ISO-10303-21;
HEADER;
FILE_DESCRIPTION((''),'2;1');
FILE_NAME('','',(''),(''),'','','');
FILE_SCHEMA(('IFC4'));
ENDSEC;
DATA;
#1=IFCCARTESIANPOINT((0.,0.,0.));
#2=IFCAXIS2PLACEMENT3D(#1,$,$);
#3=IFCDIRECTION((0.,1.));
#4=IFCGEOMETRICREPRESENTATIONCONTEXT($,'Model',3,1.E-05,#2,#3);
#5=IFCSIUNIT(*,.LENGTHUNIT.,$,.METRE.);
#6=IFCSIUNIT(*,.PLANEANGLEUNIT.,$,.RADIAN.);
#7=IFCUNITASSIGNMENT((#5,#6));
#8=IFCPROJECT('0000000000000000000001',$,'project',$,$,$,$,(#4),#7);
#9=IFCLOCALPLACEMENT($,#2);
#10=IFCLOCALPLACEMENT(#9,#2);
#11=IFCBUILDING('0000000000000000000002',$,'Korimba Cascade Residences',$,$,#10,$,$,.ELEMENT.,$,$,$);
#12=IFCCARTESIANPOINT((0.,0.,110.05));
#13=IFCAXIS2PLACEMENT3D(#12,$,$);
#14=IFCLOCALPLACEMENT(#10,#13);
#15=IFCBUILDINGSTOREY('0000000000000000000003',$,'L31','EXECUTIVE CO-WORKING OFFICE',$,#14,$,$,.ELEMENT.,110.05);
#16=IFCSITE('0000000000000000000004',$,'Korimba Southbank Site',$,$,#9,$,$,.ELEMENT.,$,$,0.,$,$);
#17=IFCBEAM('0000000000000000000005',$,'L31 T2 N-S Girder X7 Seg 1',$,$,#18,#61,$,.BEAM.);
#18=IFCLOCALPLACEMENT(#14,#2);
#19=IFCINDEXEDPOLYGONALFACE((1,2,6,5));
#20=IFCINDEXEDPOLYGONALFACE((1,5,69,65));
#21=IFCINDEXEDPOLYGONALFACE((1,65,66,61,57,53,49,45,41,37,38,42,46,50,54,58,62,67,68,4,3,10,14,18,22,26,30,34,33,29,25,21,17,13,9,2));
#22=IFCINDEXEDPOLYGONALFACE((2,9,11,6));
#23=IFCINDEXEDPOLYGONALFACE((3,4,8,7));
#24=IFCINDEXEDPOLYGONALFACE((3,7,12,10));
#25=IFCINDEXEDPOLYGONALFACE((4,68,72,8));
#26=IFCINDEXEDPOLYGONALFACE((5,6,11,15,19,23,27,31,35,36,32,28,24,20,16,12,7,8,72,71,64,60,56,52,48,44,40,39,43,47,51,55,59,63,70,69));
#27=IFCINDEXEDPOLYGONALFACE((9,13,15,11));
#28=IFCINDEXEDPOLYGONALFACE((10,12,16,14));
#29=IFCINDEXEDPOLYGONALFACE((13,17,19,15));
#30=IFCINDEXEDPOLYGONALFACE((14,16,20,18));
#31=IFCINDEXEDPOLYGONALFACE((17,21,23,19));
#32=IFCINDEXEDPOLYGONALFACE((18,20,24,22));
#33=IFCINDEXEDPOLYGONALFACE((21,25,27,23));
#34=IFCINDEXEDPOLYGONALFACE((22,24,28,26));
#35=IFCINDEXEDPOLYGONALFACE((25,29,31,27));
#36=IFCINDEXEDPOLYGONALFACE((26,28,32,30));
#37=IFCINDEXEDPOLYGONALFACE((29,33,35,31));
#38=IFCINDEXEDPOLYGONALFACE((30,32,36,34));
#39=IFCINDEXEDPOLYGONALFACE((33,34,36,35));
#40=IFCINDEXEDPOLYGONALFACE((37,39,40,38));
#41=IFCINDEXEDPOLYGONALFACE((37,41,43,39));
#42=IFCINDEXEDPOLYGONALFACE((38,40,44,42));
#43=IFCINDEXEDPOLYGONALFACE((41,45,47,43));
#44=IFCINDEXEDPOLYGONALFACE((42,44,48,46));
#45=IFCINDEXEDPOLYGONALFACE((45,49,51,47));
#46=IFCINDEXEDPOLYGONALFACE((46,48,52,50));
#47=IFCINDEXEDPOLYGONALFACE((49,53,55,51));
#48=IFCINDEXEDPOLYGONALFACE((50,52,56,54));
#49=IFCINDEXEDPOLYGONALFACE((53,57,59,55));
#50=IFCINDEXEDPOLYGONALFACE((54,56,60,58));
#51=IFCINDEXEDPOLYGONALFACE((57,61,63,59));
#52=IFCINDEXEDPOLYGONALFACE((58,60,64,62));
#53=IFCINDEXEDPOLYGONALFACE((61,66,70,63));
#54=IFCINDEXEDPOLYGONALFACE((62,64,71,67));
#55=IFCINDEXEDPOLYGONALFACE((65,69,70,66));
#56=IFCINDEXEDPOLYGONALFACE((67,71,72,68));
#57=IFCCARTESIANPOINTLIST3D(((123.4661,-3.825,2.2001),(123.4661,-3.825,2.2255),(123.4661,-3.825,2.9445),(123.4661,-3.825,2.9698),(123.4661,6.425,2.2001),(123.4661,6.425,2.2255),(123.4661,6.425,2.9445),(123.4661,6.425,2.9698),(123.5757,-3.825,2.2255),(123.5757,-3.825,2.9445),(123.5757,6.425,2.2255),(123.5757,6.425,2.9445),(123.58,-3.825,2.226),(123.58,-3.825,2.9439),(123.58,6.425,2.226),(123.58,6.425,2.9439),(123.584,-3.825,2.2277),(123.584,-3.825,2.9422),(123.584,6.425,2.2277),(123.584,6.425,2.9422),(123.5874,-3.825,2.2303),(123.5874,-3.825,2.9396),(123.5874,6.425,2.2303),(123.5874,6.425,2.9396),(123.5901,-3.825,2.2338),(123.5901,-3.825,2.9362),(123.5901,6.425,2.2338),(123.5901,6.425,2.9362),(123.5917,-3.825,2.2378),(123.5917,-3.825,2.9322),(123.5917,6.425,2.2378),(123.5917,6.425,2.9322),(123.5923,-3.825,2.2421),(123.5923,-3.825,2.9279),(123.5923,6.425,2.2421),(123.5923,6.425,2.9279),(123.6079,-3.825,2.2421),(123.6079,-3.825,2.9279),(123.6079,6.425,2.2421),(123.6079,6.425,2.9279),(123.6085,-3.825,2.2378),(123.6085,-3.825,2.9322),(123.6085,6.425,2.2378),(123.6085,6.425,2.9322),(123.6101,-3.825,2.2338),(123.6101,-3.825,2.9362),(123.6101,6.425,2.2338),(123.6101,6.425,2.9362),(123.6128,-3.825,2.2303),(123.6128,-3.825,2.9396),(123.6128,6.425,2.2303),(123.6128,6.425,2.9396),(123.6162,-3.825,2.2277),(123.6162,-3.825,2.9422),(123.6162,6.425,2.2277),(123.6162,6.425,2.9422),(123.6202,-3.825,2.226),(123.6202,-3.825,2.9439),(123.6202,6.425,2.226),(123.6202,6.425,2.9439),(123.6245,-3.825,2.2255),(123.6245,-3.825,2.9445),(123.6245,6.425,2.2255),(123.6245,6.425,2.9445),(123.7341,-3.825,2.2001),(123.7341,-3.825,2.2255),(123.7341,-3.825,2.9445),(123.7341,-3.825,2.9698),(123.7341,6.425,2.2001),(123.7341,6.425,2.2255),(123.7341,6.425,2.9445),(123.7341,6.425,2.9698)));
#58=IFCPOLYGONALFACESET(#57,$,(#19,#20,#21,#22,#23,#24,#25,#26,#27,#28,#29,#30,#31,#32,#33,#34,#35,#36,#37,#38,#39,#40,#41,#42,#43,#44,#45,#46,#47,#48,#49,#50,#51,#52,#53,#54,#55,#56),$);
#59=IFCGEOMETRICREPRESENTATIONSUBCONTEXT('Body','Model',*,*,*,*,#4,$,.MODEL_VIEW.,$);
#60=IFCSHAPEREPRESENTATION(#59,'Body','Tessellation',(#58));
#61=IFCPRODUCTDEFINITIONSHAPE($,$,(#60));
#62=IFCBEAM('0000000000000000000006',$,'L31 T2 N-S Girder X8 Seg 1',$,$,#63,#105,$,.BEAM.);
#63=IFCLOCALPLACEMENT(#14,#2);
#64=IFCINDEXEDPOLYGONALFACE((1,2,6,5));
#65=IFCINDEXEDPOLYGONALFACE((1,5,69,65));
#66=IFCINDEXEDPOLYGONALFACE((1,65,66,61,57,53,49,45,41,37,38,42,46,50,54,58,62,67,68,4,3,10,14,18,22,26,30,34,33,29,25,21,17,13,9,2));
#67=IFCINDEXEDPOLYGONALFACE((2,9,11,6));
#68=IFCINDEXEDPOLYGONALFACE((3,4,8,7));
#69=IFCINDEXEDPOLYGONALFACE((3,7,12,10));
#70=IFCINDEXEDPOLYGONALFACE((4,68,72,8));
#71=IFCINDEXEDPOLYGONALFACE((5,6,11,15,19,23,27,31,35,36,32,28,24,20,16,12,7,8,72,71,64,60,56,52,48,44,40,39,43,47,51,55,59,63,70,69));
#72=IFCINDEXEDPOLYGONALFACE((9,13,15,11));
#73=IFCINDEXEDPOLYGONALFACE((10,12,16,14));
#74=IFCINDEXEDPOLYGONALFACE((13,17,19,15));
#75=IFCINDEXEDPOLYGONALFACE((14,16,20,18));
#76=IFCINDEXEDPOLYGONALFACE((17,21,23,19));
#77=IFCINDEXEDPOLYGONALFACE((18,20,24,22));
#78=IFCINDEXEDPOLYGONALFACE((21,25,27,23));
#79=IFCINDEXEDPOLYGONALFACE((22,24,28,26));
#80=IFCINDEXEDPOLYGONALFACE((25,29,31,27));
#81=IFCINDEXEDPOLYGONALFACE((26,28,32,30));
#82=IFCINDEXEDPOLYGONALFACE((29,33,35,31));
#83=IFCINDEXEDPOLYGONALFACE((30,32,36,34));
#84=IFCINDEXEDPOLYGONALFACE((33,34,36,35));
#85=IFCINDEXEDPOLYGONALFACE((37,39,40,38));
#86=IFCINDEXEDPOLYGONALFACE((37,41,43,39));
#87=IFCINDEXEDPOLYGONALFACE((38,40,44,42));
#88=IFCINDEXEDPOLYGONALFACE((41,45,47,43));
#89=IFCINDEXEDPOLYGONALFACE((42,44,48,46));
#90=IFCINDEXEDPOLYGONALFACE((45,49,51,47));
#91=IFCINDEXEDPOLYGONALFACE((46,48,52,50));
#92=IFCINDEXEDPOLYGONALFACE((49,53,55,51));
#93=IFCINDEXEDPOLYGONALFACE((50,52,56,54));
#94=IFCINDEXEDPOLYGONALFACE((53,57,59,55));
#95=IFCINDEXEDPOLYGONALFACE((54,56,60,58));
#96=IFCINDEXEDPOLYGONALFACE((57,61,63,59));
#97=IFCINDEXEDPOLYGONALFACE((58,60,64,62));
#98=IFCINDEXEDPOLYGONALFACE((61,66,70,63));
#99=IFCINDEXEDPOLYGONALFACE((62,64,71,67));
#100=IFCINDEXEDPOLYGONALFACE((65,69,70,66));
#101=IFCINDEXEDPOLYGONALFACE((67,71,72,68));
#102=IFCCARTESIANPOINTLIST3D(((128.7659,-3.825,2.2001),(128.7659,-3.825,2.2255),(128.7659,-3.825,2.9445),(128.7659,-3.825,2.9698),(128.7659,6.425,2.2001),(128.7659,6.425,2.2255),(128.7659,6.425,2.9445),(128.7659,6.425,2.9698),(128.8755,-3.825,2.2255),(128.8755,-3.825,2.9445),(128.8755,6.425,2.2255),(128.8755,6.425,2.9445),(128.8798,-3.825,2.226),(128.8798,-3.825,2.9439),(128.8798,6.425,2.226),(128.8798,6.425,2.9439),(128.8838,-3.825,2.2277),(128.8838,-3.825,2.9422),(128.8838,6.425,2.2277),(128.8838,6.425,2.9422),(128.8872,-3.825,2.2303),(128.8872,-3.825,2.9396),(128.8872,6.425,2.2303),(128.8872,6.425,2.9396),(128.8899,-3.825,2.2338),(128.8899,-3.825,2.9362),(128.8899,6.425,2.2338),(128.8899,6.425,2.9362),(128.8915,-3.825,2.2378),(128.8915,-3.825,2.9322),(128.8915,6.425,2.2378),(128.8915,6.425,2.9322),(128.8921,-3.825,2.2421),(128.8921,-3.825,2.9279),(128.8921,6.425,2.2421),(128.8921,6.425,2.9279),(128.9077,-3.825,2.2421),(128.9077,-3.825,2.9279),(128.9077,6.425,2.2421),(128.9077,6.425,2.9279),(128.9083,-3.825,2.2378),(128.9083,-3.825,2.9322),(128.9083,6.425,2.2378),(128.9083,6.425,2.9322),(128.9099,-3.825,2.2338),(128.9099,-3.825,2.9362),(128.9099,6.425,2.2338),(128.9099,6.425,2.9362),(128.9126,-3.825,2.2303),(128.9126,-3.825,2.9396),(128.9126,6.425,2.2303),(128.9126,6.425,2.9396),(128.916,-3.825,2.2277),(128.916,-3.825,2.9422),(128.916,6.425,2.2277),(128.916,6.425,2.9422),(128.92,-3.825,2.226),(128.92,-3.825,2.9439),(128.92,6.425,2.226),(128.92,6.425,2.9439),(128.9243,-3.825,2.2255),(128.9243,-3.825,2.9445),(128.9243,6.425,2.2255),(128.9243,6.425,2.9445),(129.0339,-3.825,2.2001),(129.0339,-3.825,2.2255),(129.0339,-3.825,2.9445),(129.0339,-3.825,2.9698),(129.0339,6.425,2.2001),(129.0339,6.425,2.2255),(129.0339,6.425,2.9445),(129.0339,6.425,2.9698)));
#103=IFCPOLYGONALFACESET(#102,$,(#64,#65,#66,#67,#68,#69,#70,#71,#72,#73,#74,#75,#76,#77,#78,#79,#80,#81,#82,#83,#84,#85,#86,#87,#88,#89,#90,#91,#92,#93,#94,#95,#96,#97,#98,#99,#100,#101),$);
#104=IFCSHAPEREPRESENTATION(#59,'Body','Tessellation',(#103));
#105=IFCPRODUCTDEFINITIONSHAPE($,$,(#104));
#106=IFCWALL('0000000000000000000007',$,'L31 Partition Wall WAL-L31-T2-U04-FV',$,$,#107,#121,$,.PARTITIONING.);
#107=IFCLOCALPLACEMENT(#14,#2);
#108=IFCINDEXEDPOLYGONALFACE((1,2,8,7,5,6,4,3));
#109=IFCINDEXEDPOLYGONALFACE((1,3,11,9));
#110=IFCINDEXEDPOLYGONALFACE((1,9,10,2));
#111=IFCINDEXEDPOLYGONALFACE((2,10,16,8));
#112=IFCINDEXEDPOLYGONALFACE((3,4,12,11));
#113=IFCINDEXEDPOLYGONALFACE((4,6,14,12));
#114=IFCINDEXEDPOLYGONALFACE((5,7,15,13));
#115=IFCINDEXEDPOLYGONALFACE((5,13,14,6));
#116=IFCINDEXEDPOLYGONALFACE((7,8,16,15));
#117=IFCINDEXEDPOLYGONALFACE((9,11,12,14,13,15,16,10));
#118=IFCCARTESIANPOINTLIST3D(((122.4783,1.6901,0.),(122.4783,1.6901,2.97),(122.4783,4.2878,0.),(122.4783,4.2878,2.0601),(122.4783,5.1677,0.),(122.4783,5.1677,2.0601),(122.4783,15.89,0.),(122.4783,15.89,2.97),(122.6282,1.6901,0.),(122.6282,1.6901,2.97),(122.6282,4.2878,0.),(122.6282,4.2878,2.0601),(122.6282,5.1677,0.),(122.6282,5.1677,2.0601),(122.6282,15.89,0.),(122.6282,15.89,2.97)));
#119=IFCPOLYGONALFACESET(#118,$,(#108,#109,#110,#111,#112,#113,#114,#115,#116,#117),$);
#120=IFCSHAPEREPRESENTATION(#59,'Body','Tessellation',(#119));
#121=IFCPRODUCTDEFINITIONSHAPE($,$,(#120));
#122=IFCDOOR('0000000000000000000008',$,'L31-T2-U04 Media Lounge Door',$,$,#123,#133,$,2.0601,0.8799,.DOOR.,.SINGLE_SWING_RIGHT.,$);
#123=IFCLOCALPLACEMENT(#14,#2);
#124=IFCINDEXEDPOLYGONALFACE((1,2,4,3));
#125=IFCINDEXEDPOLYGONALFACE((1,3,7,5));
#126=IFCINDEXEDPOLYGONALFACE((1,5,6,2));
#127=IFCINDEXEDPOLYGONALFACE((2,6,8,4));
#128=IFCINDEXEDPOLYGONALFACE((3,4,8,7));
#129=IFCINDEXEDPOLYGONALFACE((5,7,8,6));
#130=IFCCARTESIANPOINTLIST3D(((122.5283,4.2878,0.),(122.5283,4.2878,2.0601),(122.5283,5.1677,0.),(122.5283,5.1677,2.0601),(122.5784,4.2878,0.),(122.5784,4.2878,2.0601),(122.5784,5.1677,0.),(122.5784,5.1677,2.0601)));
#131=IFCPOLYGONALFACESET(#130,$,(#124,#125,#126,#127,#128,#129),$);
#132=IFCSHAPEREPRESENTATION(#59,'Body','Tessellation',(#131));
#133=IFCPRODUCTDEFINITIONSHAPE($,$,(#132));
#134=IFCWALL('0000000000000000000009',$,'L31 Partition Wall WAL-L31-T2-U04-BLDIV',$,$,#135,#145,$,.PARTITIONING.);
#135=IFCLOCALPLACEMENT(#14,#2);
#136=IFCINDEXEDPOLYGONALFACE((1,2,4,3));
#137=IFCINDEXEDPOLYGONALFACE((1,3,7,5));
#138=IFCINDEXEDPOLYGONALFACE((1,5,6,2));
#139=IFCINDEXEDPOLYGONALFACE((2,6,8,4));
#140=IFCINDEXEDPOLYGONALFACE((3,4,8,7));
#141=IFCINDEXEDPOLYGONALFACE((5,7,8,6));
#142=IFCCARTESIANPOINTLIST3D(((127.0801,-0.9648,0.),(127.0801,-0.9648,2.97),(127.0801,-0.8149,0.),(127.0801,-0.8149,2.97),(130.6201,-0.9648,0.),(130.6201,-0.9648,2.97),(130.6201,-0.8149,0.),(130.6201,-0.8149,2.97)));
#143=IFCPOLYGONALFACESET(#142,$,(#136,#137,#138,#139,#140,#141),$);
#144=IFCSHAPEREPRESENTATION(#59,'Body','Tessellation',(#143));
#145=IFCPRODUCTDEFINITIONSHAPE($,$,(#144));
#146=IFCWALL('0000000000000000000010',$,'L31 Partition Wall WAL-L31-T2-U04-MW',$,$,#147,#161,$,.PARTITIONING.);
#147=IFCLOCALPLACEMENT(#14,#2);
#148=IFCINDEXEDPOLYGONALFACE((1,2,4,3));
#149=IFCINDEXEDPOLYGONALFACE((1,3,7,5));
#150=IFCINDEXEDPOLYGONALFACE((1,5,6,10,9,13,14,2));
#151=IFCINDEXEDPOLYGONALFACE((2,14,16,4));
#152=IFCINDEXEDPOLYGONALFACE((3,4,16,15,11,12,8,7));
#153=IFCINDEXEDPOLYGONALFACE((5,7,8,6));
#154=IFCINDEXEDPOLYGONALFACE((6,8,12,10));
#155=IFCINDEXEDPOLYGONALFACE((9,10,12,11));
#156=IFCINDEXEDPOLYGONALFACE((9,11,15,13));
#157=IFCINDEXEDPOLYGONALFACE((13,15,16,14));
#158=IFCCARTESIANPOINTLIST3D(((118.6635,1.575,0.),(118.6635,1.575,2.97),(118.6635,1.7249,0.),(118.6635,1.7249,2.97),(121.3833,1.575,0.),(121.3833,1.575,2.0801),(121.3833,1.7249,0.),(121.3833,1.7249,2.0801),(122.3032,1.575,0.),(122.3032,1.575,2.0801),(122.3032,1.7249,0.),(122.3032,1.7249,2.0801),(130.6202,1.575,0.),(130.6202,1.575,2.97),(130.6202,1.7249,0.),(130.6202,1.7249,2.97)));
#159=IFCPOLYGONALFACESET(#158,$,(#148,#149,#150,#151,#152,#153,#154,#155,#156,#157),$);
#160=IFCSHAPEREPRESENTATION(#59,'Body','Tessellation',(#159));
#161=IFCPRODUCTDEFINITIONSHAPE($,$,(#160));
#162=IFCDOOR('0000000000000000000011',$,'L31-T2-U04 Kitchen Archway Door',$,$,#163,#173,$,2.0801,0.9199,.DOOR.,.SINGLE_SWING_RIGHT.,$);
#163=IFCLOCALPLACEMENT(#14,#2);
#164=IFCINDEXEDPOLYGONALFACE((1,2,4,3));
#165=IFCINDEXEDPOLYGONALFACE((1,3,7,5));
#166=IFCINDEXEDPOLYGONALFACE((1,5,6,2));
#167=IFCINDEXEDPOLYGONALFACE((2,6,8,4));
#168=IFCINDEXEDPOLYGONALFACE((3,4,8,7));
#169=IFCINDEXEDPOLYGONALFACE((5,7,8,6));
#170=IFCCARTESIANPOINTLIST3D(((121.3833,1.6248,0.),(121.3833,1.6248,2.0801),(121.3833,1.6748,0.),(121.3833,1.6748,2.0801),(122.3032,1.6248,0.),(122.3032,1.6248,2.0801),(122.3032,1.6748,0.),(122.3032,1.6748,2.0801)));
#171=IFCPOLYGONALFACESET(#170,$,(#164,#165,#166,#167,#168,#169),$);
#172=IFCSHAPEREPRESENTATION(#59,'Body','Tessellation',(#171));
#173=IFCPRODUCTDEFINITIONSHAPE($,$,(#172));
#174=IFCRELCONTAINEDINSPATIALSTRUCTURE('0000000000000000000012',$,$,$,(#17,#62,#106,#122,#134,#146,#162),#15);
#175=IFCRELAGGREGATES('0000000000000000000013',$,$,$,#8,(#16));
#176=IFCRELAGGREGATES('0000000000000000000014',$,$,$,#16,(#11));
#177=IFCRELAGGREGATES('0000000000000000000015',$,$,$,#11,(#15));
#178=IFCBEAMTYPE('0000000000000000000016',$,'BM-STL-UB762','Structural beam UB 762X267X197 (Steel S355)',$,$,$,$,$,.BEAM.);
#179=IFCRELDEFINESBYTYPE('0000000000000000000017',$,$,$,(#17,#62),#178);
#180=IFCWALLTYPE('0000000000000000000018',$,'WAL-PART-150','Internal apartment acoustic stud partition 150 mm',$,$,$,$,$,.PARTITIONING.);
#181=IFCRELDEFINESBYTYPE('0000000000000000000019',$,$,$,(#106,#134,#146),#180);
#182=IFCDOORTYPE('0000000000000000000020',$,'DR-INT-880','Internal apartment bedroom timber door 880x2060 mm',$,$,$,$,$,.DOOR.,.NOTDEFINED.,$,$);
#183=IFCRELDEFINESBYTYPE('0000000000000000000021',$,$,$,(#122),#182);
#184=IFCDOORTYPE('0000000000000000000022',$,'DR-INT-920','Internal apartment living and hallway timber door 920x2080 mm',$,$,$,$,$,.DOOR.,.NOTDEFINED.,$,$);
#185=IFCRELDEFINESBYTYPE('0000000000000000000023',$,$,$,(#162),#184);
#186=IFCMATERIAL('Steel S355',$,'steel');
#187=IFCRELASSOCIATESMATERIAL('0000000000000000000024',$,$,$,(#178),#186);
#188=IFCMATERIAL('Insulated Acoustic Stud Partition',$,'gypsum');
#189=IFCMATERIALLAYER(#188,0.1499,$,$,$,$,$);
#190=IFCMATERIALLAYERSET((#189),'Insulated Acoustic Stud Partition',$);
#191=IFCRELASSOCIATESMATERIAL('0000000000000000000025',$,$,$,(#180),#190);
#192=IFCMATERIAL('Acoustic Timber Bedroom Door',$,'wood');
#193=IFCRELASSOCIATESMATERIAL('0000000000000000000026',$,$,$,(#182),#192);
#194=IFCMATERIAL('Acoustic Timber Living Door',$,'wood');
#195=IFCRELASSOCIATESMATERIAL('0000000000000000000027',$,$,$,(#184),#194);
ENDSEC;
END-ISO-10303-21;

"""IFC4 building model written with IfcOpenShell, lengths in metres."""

from ifc_helpers import new_model, si_unit, direction, frame, frame_2d, origin, origin_2d, place, context, subcontext, project, spatial, rectangle, i_section, extrude, material, layer, layer_set, material_profile, profile_set, type_object, element, fill, save


model = new_model("IFC4")

# Units and contexts
model_context = context("Model", 3, precision=1e-05, world=origin(), true_north=direction((0.0, 1.0)))
body_context = subcontext(model_context, "Body", "Model", "MODEL_VIEW")
ifc_project = project(units=[si_unit("LENGTHUNIT", "METRE"), si_unit("PLANEANGLEUNIT", "RADIAN")], contexts=[model_context])

# Site, building, storey
site_placement = place(None, origin())
site = spatial("IfcSite", under=ifc_project, at=site_placement, Name="Korimba Southbank Site", CompositionType="ELEMENT", RefElevation=0.0)
building_placement = place(site_placement, origin())
building = spatial("IfcBuilding", under=site, at=building_placement, Name="Korimba Cascade Residences", CompositionType="ELEMENT")
storey_placement = place(building_placement, frame((0.0, 0.0, 110.05)))
storey = spatial("IfcBuildingStorey", under=building, at=storey_placement, Name="L31", Description="EXECUTIVE CO-WORKING OFFICE", CompositionType="ELEMENT", Elevation=110.05)

# Beams
ifc_material_1 = material(Name="Steel S355", Category="steel")
ifc_material_profile_1 = material_profile(ifc_material_1, i_section(OverallWidth=0.2681, OverallDepth=0.7698, WebThickness=0.0156, FlangeThickness=0.0254, FilletRadius=0.0166, at=origin_2d()), Name="Steel S355")
ifc_profile_set_1 = profile_set([ifc_material_profile_1], Name="Steel S355")
beam_type_1 = type_object("IfcBeamType", Name="BM-STL-UB762", Description="Structural beam UB 762X267X197 (Steel S355)", PredefinedType="BEAM", material=ifc_profile_set_1)
for number, where, z_axis, x_axis, name in (
    (1, (123.6001, -3.825, 2.585), (0.0, 1.0, 0.0), (-1.0, 0.0, 0.0), "L31 T2 N-S Girder X7 Seg 1"),
    (2, (128.8999, -3.825, 2.585), (0.0, 1.0, 0.0), (-1.0, 0.0, 0.0), "L31 T2 N-S Girder X8 Seg 1"),
):
    element("IfcBeam", number, at=place(storey_placement, frame(where, z_axis=z_axis, x_axis=x_axis)), inside=storey, type_object=beam_type_1, Name=name, PredefinedType="BEAM", context=body_context, shape_type="SweptSolid", body=[
        extrude(i_section(OverallWidth=0.2681, OverallDepth=0.7698, WebThickness=0.0156, FlangeThickness=0.0254, FilletRadius=0.0166, at=origin_2d()), origin(), (0.0, 0.0, 1.0), 10.25),
    ])

# Wall, opening, door
ifc_material_2 = material(Name="Insulated Acoustic Stud Partition", Category="gypsum")
ifc_layer = layer(ifc_material_2, 0.1499)
ifc_layer_set = layer_set([ifc_layer], Name="Insulated Acoustic Stud Partition")
wall_type = type_object("IfcWallType", Name="WAL-PART-150", Description="Internal apartment acoustic stud partition 150 mm", PredefinedType="PARTITIONING", material=ifc_layer_set)
wall_1_placement = place(storey_placement, frame((122.5532, 1.6899, 0.0), z_axis=(0.0, 0.0, 1.0), x_axis=(0.0, 1.0, 0.0)))
wall_1 = element("IfcWall", 3, at=wall_1_placement, inside=storey, type_object=wall_type, Name="L31 Partition Wall WAL-L31-T2-U04-FV", PredefinedType="PARTITIONING", context=body_context, shape_type="SweptSolid", body=[
    extrude(rectangle(XDim=14.2, YDim=0.1499, at=frame_2d((7.1001, 0.0))), origin(), (0.0, 0.0, 1.0), 2.97),
])
opening_1_placement = place(wall_1_placement, frame((2.5979, 0.0, 0.0)))
opening_1 = element("IfcOpeningElement", 4, at=opening_1_placement, cuts=wall_1, PredefinedType="OPENING", context=body_context, shape_type="SweptSolid", body=[
    extrude(rectangle(XDim=0.8799, YDim=2.0601, at=frame_2d((0.4399, 1.03))), frame((0.0, 0.085, 0.0), z_axis=(0.0, -1.0, 0.0), x_axis=(1.0, 0.0, 0.0)), (0.0, 0.0, 1.0), 0.1699),
])
ifc_material_3 = material(Name="Acoustic Timber Bedroom Door", Category="wood")
door_type_1 = type_object("IfcDoorType", Name="DR-INT-880", Description="Internal apartment bedroom timber door 880x2060 mm", OperationType="NOTDEFINED", PredefinedType="DOOR", material=ifc_material_3)
door_1_placement = place(opening_1_placement, origin())
door_1 = element("IfcDoor", 5, at=door_1_placement, inside=storey, type_object=door_type_1, Name="L31-T2-U04 Media Lounge Door", OperationType="SINGLE_SWING_RIGHT", OverallHeight=2.0601, OverallWidth=0.8799, PredefinedType="DOOR", context=body_context, shape_type="SweptSolid", body=[
    extrude(rectangle(XDim=0.8799, YDim=2.0601, at=frame_2d((0.4399, 1.03))), frame((0.0, 0.0249, 0.0), z_axis=(0.0, -1.0, 0.0), x_axis=(1.0, 0.0, 0.0)), (0.0, 0.0, 1.0), 0.05),
])
fill(opening_1, door_1)

# Wall
wall_2_placement = place(storey_placement, frame((127.0801, -0.8899, 0.0), z_axis=(0.0, 0.0, 1.0), x_axis=(1.0, 0.0, 0.0)))
element("IfcWall", 6, at=wall_2_placement, inside=storey, type_object=wall_type, Name="L31 Partition Wall WAL-L31-T2-U04-BLDIV", PredefinedType="PARTITIONING", context=body_context, shape_type="SweptSolid", body=[
    extrude(rectangle(XDim=3.54, YDim=0.1499, at=frame_2d((1.77, 0.0))), origin(), (0.0, 0.0, 1.0), 2.97),
])

# Wall, opening, door
wall_3_placement = place(storey_placement, frame((118.6633, 1.6499, 0.0), z_axis=(0.0, 0.0, 1.0), x_axis=(1.0, 0.0, 0.0)))
wall_3 = element("IfcWall", 7, at=wall_3_placement, inside=storey, type_object=wall_type, Name="L31 Partition Wall WAL-L31-T2-U04-MW", PredefinedType="PARTITIONING", context=body_context, shape_type="SweptSolid", body=[
    extrude(rectangle(XDim=11.9568, YDim=0.1499, at=frame_2d((5.9785, 0.0))), origin(), (0.0, 0.0, 1.0), 2.97),
])
opening_2_placement = place(wall_3_placement, frame((2.72, 0.0, 0.0)))
opening_2 = element("IfcOpeningElement", 8, at=opening_2_placement, cuts=wall_3, PredefinedType="OPENING", context=body_context, shape_type="SweptSolid", body=[
    extrude(rectangle(XDim=0.9199, YDim=2.0801, at=frame_2d((0.46, 1.04))), frame((0.0, 0.085, 0.0), z_axis=(0.0, -1.0, 0.0), x_axis=(1.0, 0.0, 0.0)), (0.0, 0.0, 1.0), 0.1699),
])
ifc_material_4 = material(Name="Acoustic Timber Living Door", Category="wood")
door_type_2 = type_object("IfcDoorType", Name="DR-INT-920", Description="Internal apartment living and hallway timber door 920x2080 mm", OperationType="NOTDEFINED", PredefinedType="DOOR", material=ifc_material_4)
door_2_placement = place(opening_2_placement, origin())
door_2 = element("IfcDoor", 9, at=door_2_placement, inside=storey, type_object=door_type_2, Name="L31-T2-U04 Kitchen Archway Door", OperationType="SINGLE_SWING_RIGHT", OverallHeight=2.0801, OverallWidth=0.9199, PredefinedType="DOOR", context=body_context, shape_type="SweptSolid", body=[
    extrude(rectangle(XDim=0.9199, YDim=2.0801, at=frame_2d((0.46, 1.04))), frame((0.0, 0.0249, 0.0), z_axis=(0.0, -1.0, 0.0), x_axis=(1.0, 0.0, 0.0)), (0.0, 0.0, 1.0), 0.05),
])
fill(opening_2, door_2)

save(model, "model.ifc")
